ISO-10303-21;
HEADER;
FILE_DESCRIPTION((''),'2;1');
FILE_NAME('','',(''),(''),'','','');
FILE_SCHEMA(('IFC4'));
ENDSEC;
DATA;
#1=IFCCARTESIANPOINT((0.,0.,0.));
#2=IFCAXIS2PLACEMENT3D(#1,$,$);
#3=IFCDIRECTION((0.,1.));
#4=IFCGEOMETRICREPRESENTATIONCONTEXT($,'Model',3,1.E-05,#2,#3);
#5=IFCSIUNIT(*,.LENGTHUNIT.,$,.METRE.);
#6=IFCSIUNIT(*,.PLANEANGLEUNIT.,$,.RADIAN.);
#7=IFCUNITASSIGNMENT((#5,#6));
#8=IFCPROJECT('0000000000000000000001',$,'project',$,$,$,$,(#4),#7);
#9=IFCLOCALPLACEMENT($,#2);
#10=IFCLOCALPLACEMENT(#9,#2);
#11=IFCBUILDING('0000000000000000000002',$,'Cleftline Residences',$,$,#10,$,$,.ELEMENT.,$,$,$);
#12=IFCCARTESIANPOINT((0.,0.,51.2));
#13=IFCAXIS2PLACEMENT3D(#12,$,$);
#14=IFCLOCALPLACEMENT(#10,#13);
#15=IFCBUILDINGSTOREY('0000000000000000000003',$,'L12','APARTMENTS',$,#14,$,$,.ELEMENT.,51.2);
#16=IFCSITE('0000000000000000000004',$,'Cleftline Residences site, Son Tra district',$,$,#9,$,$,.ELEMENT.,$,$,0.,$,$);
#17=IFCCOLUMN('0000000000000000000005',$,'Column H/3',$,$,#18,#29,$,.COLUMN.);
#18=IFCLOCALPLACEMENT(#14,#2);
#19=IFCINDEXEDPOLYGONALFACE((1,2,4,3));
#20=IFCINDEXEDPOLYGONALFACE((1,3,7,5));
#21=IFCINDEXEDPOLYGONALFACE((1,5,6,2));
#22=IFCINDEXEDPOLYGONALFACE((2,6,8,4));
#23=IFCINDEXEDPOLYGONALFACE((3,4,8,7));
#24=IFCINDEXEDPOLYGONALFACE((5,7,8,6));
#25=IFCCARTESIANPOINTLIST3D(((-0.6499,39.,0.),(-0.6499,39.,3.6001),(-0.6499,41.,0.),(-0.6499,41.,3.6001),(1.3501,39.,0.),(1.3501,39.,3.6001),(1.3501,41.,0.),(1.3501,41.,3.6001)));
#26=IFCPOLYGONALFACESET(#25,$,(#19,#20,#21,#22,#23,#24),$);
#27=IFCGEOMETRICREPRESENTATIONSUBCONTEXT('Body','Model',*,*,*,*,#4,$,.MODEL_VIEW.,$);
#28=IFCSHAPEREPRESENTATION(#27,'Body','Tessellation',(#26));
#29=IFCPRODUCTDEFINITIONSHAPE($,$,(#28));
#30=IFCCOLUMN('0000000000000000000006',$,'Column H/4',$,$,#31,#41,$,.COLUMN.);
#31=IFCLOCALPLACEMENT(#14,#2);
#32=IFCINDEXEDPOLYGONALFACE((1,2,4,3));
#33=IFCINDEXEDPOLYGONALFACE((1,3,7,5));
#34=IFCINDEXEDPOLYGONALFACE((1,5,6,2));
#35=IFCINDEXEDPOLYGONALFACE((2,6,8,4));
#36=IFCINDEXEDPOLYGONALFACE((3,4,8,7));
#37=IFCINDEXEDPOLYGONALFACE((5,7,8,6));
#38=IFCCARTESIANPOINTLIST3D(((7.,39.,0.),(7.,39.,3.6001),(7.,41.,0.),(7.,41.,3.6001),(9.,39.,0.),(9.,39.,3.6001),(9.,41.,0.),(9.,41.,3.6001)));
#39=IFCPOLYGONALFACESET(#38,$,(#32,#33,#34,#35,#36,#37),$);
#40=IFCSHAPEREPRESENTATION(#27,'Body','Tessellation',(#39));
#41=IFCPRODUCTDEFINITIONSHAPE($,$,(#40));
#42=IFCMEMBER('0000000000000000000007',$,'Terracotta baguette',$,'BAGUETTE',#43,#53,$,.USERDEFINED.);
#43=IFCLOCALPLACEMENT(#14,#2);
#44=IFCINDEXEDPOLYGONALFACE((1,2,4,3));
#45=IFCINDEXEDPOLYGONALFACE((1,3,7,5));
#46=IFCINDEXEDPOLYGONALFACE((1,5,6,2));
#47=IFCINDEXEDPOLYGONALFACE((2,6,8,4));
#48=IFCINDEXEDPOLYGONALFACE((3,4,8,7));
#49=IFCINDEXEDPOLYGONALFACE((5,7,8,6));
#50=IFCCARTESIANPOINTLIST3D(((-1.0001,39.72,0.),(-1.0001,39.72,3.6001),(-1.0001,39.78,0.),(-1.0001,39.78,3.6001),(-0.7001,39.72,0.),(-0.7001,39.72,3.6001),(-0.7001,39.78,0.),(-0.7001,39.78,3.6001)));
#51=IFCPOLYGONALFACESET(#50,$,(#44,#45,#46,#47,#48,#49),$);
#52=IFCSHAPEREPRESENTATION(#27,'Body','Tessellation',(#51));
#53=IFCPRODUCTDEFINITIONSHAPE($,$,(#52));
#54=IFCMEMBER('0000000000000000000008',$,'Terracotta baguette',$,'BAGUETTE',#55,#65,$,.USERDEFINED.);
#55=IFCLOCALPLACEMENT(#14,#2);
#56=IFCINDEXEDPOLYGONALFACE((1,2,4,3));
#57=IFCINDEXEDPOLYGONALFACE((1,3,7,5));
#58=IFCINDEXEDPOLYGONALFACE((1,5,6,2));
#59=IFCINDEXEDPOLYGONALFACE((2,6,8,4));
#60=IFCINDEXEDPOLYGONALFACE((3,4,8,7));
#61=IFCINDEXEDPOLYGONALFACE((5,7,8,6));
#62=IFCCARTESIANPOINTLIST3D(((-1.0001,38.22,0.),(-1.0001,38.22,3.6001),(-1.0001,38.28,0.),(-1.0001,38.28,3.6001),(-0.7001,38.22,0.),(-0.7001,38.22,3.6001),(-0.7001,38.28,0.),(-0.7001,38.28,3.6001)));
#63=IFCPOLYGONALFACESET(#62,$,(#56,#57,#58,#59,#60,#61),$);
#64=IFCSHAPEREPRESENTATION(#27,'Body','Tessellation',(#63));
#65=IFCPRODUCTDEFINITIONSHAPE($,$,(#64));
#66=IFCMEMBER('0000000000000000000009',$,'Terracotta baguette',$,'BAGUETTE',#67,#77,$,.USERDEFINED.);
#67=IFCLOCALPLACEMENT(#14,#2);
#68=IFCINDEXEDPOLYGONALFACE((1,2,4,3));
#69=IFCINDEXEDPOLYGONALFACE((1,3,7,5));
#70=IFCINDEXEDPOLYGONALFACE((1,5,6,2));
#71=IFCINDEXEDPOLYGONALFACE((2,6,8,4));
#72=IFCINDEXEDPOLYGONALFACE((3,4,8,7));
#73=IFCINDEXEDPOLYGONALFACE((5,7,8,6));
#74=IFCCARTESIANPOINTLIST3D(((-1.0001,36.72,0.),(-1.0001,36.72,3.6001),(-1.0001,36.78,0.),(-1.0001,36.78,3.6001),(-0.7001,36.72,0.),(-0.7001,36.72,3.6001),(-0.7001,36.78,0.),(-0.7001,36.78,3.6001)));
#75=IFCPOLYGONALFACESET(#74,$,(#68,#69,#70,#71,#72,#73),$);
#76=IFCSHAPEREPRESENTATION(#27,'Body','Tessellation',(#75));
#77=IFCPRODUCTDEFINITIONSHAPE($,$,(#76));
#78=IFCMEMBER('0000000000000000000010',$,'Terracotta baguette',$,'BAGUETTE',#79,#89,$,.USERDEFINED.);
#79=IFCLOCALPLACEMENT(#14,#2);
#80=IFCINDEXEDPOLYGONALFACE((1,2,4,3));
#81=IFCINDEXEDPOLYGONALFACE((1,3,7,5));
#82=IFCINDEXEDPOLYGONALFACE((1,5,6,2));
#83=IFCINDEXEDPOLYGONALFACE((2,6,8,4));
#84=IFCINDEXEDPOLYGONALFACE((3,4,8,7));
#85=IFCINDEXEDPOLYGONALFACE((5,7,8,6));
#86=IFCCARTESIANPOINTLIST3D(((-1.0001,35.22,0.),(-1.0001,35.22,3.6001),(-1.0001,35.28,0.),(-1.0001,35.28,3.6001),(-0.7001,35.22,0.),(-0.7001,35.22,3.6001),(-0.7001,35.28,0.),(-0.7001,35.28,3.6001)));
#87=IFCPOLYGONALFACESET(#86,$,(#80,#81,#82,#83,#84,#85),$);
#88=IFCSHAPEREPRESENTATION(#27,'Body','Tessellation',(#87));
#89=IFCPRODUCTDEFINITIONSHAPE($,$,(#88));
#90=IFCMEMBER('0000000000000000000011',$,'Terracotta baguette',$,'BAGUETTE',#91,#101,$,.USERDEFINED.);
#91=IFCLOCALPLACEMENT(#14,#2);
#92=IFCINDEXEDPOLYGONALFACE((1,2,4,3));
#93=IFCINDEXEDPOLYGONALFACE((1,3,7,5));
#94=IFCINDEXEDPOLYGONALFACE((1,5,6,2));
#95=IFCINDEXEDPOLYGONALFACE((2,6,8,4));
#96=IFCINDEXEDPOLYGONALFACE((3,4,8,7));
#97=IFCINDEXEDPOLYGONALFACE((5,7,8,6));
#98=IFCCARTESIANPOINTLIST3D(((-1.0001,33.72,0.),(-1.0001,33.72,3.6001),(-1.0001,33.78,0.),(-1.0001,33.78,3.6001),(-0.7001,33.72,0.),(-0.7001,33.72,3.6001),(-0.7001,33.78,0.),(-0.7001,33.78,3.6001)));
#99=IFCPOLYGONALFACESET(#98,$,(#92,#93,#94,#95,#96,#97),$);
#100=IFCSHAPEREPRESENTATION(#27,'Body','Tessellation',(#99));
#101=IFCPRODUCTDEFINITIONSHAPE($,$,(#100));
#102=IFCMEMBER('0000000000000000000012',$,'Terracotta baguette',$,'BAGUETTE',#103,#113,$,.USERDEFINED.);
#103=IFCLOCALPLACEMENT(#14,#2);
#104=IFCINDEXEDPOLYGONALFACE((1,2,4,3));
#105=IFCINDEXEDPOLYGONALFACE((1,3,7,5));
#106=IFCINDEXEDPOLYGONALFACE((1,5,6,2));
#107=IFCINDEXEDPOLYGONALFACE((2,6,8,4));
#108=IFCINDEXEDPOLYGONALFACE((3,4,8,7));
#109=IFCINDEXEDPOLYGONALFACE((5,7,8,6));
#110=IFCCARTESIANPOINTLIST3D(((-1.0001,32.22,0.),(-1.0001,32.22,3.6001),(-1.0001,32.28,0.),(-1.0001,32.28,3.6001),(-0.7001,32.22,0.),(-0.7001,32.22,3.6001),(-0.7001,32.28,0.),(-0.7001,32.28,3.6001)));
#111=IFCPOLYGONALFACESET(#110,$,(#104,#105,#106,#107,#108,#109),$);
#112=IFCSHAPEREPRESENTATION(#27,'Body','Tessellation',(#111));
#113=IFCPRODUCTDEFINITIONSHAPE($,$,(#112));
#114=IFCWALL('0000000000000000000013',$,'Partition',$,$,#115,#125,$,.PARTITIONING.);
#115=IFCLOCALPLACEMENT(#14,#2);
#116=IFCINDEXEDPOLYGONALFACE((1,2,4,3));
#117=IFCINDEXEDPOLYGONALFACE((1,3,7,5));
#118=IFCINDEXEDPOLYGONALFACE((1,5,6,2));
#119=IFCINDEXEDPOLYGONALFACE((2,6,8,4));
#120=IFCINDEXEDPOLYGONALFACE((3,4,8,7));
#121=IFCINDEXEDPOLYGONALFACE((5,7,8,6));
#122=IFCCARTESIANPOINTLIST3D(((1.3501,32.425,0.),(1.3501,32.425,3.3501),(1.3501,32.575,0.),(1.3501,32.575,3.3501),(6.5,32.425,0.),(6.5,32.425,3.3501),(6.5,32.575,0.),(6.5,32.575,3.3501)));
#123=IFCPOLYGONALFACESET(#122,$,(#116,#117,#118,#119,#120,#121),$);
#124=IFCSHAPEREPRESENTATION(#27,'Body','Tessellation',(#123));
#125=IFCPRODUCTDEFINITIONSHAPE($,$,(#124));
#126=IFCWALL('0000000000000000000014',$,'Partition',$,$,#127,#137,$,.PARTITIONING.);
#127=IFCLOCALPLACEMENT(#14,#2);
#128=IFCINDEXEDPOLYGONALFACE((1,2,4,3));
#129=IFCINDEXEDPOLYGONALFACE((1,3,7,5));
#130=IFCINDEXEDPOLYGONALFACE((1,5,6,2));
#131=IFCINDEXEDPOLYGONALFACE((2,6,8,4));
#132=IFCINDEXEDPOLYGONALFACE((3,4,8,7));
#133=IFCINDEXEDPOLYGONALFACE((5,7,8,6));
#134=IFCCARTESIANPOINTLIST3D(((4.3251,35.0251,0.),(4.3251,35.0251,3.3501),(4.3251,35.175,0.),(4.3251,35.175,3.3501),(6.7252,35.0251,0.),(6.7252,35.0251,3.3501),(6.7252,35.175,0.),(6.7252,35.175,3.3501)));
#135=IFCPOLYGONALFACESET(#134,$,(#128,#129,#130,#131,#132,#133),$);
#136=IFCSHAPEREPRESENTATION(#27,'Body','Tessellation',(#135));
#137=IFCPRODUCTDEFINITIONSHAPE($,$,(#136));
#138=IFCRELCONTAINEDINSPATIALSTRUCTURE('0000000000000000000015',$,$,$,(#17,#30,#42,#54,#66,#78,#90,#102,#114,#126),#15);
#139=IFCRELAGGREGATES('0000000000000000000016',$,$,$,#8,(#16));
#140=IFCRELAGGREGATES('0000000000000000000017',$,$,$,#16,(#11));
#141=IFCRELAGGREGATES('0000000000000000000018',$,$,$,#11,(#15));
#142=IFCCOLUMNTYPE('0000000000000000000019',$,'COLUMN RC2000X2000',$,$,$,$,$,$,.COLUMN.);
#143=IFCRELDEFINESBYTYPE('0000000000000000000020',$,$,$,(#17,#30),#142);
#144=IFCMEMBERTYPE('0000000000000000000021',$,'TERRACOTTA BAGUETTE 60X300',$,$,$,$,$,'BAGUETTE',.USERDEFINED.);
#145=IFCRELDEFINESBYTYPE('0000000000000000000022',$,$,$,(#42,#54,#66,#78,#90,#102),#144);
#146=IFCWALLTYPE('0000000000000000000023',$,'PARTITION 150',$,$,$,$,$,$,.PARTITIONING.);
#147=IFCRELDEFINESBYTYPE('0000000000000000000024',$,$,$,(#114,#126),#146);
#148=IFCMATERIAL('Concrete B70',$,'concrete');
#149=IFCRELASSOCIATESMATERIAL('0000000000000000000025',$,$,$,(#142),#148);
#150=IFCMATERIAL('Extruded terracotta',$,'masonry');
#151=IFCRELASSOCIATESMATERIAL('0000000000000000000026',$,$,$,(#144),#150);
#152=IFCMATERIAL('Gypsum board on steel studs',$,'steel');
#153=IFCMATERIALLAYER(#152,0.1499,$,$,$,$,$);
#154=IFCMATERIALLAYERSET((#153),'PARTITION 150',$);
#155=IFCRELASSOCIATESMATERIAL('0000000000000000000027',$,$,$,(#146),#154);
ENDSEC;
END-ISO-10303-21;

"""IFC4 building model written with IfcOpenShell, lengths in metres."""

from ifc_helpers import new_model, si_unit, direction, frame, frame_2d, origin, origin_2d, place, context, subcontext, project, spatial, rectangle, extrude, material, layer, layer_set, material_profile, profile_set, type_object, element, save


model = new_model("IFC4")

# Units and contexts
model_context = context("Model", 3, precision=1e-05, world=origin(), true_north=direction((0.0, 1.0)))
body_context = subcontext(model_context, "Body", "Model", "MODEL_VIEW")
ifc_project = project(units=[si_unit("LENGTHUNIT", "METRE"), si_unit("PLANEANGLEUNIT", "RADIAN")], contexts=[model_context])

# Site, building, storey
site_placement = place(None, origin())
site = spatial("IfcSite", under=ifc_project, at=site_placement, Name="Cleftline Residences site, Son Tra district", CompositionType="ELEMENT", RefElevation=0.0)
building_placement = place(site_placement, origin())
building = spatial("IfcBuilding", under=site, at=building_placement, Name="Cleftline Residences", CompositionType="ELEMENT")
storey_placement = place(building_placement, frame((0.0, 0.0, 51.2)))
storey = spatial("IfcBuildingStorey", under=building, at=storey_placement, Name="L12", Description="APARTMENTS", CompositionType="ELEMENT", Elevation=51.2)

# Columns
ifc_material_1 = material(Name="Concrete B70", Category="concrete")
ifc_material_profile_1 = material_profile(ifc_material_1, rectangle(XDim=2.0, YDim=2.0, at=origin_2d()))
ifc_profile_set_1 = profile_set([ifc_material_profile_1], Name="Concrete B70")
column_type = type_object("IfcColumnType", Name="COLUMN RC2000X2000", PredefinedType="COLUMN", material=ifc_profile_set_1)
for number, where, z_axis, x_axis, name in (
    (1, (0.3501, 40.0, 0.0), (0.0, 0.0, 1.0), (1.0, 0.0, 0.0), "Column H/3"),
    (2, (8.0, 40.0, 0.0), (0.0, 0.0, 1.0), (1.0, 0.0, 0.0), "Column H/4"),
):
    element("IfcColumn", number, at=place(storey_placement, frame(where, z_axis=z_axis, x_axis=x_axis)), inside=storey, type_object=column_type, Name=name, PredefinedType="COLUMN", context=body_context, shape_type="SweptSolid", body=[
        extrude(rectangle(XDim=2.0, YDim=2.0, at=origin_2d()), origin(), (0.0, 0.0, 1.0), 3.6001),
    ])

# Members
ifc_material_2 = material(Name="Extruded terracotta", Category="masonry")
ifc_material_profile_2 = material_profile(ifc_material_2, rectangle(XDim=0.0601, YDim=0.3, at=origin_2d()))
ifc_profile_set_2 = profile_set([ifc_material_profile_2], Name="Extruded terracotta")
member_type = type_object("IfcMemberType", Name="TERRACOTTA BAGUETTE 60X300", ElementType="BAGUETTE", PredefinedType="USERDEFINED", material=ifc_profile_set_2)
for number, where, z_axis, x_axis, name in (
    (3, (-0.8501, 39.75, 0.0), (0.0, 0.0, 1.0), (0.0, 1.0, 0.0), "Terracotta baguette"),
    (4, (-0.8501, 38.25, 0.0), (0.0, 0.0, 1.0), (0.0, 1.0, 0.0), "Terracotta baguette"),
    (5, (-0.8501, 36.75, 0.0), (0.0, 0.0, 1.0), (0.0, 1.0, 0.0), "Terracotta baguette"),
    (6, (-0.8501, 35.25, 0.0), (0.0, 0.0, 1.0), (0.0, 1.0, 0.0), "Terracotta baguette"),
    (7, (-0.8501, 33.75, 0.0), (0.0, 0.0, 1.0), (0.0, 1.0, 0.0), "Terracotta baguette"),
    (8, (-0.8501, 32.25, 0.0), (0.0, 0.0, 1.0), (0.0, 1.0, 0.0), "Terracotta baguette"),
):
    element("IfcMember", number, at=place(storey_placement, frame(where, z_axis=z_axis, x_axis=x_axis)), inside=storey, type_object=member_type, Name=name, ObjectType="BAGUETTE", PredefinedType="USERDEFINED", context=body_context, shape_type="SweptSolid", body=[
        extrude(rectangle(XDim=0.0601, YDim=0.3, at=origin_2d()), origin(), (0.0, 0.0, 1.0), 3.6001),
    ])

# Walls
ifc_material_3 = material(Name="Gypsum board on steel studs", Category="steel")
ifc_layer = layer(ifc_material_3, 0.1499)
ifc_layer_set = layer_set([ifc_layer], Name="PARTITION 150")
wall_type = type_object("IfcWallType", Name="PARTITION 150", PredefinedType="PARTITIONING", material=ifc_layer_set)
wall_1_placement = place(storey_placement, frame((1.3501, 32.5, 0.0), z_axis=(0.0, 0.0, 1.0), x_axis=(1.0, 0.0, 0.0)))
element("IfcWall", 9, at=wall_1_placement, inside=storey, type_object=wall_type, Name="Partition", PredefinedType="PARTITIONING", context=body_context, shape_type="SweptSolid", body=[
    extrude(rectangle(XDim=5.1499, YDim=0.1499, at=frame_2d((2.575, 0.0))), origin(), (0.0, 0.0, 1.0), 3.3501),
])
wall_2_placement = place(storey_placement, frame((4.325, 35.1001, 0.0), z_axis=(0.0, 0.0, 1.0), x_axis=(1.0, 0.0, 0.0)))
element("IfcWall", 10, at=wall_2_placement, inside=storey, type_object=wall_type, Name="Partition", PredefinedType="PARTITIONING", context=body_context, shape_type="SweptSolid", body=[
    extrude(rectangle(XDim=2.4001, YDim=0.1499, at=frame_2d((1.2002, 0.0))), origin(), (0.0, 0.0, 1.0), 3.3501),
])

save(model, "model.ifc")
